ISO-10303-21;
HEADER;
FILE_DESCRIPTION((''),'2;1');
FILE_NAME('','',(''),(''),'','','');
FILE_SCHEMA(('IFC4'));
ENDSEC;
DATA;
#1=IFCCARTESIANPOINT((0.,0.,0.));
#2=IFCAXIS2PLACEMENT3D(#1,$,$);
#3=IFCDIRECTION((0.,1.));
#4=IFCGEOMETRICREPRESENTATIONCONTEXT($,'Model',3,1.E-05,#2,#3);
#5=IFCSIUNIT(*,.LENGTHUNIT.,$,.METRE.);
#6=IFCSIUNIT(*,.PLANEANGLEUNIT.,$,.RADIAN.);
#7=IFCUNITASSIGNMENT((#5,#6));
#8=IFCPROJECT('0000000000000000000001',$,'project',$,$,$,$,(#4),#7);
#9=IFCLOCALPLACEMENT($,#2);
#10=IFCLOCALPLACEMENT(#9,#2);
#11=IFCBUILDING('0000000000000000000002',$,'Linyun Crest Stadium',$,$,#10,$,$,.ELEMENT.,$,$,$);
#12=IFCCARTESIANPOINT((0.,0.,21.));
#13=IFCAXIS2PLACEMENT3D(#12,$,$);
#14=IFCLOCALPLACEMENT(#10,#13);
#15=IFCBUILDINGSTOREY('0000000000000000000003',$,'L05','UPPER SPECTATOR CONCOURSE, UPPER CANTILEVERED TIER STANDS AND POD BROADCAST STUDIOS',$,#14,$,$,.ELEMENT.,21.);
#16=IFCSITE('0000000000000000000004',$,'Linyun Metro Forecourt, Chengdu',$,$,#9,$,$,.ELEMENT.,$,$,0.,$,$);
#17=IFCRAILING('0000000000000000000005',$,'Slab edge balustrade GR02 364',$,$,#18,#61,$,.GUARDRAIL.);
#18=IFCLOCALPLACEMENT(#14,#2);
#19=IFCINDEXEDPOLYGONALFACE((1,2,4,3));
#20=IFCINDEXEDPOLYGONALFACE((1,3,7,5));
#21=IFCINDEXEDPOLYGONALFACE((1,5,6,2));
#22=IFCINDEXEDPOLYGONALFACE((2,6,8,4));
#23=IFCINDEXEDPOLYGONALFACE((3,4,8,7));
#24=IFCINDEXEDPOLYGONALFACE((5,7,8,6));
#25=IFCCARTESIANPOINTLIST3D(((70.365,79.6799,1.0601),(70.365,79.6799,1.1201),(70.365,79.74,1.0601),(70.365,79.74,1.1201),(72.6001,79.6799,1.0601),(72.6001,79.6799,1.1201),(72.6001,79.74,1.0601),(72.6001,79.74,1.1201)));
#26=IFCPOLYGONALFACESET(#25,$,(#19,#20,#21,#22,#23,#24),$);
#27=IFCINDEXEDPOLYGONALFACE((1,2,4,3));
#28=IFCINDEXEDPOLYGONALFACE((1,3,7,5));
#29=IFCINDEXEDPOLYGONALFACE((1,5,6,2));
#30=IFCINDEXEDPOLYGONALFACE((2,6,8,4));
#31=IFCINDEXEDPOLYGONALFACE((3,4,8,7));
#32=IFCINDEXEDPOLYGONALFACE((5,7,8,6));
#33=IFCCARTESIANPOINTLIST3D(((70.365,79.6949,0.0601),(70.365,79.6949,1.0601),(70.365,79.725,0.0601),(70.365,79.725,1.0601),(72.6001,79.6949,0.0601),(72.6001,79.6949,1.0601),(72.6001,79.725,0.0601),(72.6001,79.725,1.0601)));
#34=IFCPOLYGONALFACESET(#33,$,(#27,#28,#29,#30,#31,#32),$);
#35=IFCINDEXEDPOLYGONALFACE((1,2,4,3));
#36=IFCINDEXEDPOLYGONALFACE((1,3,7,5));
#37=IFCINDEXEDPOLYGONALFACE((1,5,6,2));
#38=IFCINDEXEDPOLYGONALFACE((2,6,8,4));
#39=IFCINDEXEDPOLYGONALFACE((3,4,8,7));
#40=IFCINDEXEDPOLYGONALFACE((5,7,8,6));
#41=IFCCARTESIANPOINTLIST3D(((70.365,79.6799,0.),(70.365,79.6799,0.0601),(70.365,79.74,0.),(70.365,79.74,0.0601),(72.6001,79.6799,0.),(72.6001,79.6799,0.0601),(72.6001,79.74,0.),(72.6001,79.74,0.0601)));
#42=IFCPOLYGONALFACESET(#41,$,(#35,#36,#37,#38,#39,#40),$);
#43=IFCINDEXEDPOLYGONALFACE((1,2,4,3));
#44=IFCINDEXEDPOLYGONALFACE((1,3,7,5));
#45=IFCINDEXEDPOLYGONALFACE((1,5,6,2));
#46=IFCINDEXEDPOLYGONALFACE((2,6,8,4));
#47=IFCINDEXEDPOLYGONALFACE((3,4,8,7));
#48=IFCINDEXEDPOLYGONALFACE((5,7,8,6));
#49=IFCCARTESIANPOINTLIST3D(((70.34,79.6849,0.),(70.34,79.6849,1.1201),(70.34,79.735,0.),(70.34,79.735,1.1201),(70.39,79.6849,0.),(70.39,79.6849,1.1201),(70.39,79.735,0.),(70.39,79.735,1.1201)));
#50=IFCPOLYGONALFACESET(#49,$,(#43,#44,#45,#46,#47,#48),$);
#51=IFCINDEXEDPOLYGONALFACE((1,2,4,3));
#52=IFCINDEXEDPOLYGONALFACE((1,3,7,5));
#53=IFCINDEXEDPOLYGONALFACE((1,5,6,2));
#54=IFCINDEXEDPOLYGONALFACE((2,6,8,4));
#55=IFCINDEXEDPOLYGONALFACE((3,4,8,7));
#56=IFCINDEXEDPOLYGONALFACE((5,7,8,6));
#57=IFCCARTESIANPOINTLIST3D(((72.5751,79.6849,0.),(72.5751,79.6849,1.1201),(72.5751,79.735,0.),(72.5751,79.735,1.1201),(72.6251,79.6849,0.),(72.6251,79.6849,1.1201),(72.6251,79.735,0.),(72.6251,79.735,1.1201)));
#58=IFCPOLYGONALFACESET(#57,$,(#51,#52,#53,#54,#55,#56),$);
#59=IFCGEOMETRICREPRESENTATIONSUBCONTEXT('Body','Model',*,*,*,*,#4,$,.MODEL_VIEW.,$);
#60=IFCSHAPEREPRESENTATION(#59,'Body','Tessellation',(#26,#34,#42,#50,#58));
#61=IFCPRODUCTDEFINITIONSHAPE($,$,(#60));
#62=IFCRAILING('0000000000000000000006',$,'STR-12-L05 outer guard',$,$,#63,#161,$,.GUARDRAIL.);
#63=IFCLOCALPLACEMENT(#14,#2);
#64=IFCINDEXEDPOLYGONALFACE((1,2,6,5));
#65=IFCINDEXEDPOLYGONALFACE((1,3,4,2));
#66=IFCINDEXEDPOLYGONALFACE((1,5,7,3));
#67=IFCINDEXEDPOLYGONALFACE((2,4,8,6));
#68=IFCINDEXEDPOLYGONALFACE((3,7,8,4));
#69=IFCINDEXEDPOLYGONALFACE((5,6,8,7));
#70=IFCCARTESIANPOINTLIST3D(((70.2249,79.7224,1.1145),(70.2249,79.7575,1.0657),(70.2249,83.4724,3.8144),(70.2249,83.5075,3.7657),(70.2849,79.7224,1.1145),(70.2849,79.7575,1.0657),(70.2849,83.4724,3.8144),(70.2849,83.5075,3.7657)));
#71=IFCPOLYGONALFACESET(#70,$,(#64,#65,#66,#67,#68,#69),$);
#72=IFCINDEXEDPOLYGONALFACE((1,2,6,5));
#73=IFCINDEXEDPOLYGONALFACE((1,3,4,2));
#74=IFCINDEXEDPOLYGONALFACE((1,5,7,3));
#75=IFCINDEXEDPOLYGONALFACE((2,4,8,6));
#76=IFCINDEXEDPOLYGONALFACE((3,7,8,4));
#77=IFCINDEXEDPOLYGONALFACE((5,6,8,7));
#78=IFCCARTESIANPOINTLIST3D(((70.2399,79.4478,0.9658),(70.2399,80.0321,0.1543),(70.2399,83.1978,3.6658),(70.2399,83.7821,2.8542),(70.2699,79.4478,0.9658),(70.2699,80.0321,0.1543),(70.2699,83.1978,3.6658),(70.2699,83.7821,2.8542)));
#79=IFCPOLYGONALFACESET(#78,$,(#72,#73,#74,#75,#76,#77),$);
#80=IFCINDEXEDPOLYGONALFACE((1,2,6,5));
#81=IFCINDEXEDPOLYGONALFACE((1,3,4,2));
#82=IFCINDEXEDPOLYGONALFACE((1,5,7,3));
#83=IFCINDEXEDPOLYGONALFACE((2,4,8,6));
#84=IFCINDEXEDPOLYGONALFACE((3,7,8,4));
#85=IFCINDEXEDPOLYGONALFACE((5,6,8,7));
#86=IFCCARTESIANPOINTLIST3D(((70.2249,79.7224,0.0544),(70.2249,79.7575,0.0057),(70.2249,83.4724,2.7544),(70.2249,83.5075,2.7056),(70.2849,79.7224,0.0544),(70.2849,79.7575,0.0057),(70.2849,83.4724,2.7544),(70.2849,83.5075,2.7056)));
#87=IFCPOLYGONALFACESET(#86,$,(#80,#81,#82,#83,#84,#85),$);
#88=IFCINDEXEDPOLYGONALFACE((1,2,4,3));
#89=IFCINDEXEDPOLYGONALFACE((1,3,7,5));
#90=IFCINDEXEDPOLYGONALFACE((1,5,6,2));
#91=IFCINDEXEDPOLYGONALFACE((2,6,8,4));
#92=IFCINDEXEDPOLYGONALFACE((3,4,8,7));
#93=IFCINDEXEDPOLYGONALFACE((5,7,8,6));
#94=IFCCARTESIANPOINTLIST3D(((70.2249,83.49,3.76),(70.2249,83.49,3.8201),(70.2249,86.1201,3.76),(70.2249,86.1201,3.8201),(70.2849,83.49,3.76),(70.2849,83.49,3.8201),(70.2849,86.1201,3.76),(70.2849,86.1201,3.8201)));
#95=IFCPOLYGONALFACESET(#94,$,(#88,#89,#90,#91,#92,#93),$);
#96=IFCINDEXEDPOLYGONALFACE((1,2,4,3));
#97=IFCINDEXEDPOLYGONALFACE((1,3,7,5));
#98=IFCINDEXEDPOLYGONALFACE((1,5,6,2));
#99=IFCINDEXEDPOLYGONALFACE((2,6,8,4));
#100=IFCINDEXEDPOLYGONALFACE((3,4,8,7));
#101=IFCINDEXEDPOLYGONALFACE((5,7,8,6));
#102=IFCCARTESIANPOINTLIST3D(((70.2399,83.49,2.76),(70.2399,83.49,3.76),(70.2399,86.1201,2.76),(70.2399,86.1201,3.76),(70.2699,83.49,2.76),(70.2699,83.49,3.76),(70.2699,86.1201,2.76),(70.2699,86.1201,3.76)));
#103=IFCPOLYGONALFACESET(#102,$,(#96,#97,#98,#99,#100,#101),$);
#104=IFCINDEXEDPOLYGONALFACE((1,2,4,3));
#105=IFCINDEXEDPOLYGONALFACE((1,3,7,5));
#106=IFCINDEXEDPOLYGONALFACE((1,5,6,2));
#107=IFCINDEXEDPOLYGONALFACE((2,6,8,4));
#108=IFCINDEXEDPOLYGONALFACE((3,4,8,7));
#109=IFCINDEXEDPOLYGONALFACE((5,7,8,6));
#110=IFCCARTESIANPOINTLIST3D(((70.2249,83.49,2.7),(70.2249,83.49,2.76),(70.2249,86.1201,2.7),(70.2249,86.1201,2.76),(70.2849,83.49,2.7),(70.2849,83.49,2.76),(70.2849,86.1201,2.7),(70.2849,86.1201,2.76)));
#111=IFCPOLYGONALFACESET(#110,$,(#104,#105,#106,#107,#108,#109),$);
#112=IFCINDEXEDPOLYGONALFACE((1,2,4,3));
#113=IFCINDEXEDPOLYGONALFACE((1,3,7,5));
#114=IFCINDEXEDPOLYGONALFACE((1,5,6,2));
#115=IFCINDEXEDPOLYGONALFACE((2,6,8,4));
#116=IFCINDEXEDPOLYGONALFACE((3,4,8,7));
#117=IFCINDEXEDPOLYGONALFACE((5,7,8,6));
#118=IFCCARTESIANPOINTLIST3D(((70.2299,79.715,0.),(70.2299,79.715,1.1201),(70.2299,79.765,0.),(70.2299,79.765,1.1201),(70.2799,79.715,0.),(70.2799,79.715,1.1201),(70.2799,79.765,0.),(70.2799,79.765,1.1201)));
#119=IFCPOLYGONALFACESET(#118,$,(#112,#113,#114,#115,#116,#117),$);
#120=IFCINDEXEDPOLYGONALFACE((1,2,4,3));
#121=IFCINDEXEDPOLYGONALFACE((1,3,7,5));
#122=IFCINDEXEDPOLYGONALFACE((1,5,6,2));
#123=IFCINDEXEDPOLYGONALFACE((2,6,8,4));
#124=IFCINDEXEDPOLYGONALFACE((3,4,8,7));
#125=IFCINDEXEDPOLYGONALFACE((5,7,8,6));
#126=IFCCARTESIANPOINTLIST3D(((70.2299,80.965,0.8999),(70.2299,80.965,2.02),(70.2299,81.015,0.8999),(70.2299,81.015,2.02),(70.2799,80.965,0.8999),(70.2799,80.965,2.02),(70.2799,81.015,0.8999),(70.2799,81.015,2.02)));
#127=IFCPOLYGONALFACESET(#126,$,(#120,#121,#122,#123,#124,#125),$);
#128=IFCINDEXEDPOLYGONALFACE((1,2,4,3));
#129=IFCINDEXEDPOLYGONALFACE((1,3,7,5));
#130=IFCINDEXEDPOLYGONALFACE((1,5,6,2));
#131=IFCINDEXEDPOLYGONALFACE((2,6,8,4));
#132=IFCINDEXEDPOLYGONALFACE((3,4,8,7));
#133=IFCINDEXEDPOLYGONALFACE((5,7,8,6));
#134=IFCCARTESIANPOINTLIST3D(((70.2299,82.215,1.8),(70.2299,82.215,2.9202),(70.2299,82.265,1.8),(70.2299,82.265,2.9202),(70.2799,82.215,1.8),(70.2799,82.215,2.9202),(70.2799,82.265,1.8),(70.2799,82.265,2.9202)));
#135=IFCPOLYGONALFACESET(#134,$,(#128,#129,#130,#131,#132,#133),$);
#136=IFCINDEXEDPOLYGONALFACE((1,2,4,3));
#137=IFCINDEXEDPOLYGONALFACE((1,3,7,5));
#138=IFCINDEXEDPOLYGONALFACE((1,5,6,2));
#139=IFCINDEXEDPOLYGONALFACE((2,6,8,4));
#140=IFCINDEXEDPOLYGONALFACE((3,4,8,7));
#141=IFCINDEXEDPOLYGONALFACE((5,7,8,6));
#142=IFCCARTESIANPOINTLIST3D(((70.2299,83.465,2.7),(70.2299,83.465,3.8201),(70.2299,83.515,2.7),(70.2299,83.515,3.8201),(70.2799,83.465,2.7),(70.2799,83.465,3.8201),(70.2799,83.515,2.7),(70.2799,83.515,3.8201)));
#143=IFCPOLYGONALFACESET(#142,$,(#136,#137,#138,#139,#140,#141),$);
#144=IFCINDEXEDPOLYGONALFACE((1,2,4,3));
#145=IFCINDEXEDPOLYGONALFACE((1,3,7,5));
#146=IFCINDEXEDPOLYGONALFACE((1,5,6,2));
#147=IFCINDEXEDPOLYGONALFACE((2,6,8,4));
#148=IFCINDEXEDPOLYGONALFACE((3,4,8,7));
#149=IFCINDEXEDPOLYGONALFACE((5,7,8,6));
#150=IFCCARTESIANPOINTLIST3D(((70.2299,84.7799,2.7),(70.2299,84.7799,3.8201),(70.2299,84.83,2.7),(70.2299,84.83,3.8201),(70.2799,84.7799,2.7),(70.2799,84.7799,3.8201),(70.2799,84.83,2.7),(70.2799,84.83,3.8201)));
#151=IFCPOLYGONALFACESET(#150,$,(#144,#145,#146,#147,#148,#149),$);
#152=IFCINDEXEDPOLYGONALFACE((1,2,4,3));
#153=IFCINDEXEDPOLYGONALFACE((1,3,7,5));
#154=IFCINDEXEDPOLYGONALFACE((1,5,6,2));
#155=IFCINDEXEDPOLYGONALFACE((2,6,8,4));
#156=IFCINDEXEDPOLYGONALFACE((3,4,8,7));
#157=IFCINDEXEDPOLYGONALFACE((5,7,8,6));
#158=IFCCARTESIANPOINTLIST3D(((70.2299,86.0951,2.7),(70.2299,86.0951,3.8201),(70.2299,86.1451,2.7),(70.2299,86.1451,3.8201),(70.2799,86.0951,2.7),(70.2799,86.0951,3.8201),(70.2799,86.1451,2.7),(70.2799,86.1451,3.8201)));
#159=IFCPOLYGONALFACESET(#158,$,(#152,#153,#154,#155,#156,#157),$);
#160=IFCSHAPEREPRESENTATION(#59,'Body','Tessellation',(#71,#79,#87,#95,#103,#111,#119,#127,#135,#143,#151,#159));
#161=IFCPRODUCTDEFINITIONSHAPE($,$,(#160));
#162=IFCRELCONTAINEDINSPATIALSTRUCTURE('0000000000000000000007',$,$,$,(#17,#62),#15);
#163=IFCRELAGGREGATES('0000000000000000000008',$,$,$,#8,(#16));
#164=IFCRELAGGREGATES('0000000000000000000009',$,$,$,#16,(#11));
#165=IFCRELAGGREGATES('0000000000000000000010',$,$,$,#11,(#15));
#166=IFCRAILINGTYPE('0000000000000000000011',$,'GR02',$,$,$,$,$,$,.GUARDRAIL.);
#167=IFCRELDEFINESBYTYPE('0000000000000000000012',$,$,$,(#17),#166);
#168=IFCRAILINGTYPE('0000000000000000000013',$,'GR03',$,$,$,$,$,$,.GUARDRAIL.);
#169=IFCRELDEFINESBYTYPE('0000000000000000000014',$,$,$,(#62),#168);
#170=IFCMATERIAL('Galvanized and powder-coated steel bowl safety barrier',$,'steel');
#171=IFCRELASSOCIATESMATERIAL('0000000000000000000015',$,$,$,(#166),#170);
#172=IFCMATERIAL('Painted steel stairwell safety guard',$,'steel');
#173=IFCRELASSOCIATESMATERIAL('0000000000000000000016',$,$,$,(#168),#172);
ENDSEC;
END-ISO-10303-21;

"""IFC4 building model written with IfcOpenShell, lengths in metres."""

from ifc_helpers import new_model, si_unit, direction, frame, origin, origin_2d, place, context, subcontext, project, spatial, rectangle, extrude, material, type_object, element, save


model = new_model("IFC4")

# Units and contexts
model_context = context("Model", 3, precision=1e-05, world=origin(), true_north=direction((0.0, 1.0)))
body_context = subcontext(model_context, "Body", "Model", "MODEL_VIEW")
ifc_project = project(units=[si_unit("LENGTHUNIT", "METRE"), si_unit("PLANEANGLEUNIT", "RADIAN")], contexts=[model_context])

# Site, building, storey
site_placement = place(None, origin())
site = spatial("IfcSite", under=ifc_project, at=site_placement, Name="Linyun Metro Forecourt, Chengdu", CompositionType="ELEMENT", RefElevation=0.0)
building_placement = place(site_placement, origin())
building = spatial("IfcBuilding", under=site, at=building_placement, Name="Linyun Crest Stadium", CompositionType="ELEMENT")
storey_placement = place(building_placement, frame((0.0, 0.0, 21.0)))
storey = spatial("IfcBuildingStorey", under=building, at=storey_placement, Name="L05", Description="UPPER SPECTATOR CONCOURSE, UPPER CANTILEVERED TIER STANDS AND POD BROADCAST STUDIOS", CompositionType="ELEMENT", Elevation=21.0)

# Railings
ifc_material_1 = material(Name="Galvanized and powder-coated steel bowl safety barrier", Category="steel")
railing_type_1 = type_object("IfcRailingType", Name="GR02", PredefinedType="GUARDRAIL", material=ifc_material_1)
railing_1_placement = place(storey_placement, frame((70.365, 79.71, 0.0)))
element("IfcRailing", 1, at=railing_1_placement, inside=storey, type_object=railing_type_1, Name="Slab edge balustrade GR02 364", PredefinedType="GUARDRAIL", context=body_context, shape_type="SweptSolid", body=[
    extrude(rectangle(XDim=0.0601, YDim=0.0601, at=origin_2d()), frame((0.0, 0.0, 1.0901), z_axis=(1.0, 0.0, 0.0), x_axis=(0.0, 1.0, 0.0)), (0.0, 0.0, 1.0), 2.2351),
    extrude(rectangle(XDim=0.03, YDim=1.0, at=origin_2d()), frame((0.0, 0.0, 0.5601), z_axis=(1.0, 0.0, 0.0), x_axis=(0.0, 1.0, 0.0)), (0.0, 0.0, 1.0), 2.2351),
    extrude(rectangle(XDim=0.0601, YDim=0.0601, at=origin_2d()), frame((0.0, 0.0, 0.03), z_axis=(1.0, 0.0, 0.0), x_axis=(0.0, 1.0, 0.0)), (0.0, 0.0, 1.0), 2.2351),
    extrude(rectangle(XDim=0.05, YDim=0.05, at=origin_2d()), origin(), (0.0, 0.0, 1.0), 1.1201),
    extrude(rectangle(XDim=0.05, YDim=0.05, at=origin_2d()), frame((2.2351, 0.0, 0.0)), (0.0, 0.0, 1.0), 1.1201),
])
ifc_material_2 = material(Name="Painted steel stairwell safety guard", Category="steel")
railing_type_2 = type_object("IfcRailingType", Name="GR03", PredefinedType="GUARDRAIL", material=ifc_material_2)
railing_2_placement = place(storey_placement, frame((70.2549, 79.74, 0.0)))
element("IfcRailing", 2, at=railing_2_placement, inside=storey, type_object=railing_type_2, Name="STR-12-L05 outer guard", PredefinedType="GUARDRAIL", context=body_context, shape_type="SweptSolid", body=[
    extrude(rectangle(XDim=0.0601, YDim=0.0601, at=origin_2d()), frame((0.0, 0.0, 1.0901), z_axis=(0.0, 0.811539, 0.584298), x_axis=(-1.0, 0.0, 0.0)), (0.0, 0.0, 1.0), 4.6208),
    extrude(rectangle(XDim=0.03, YDim=1.0, at=origin_2d()), frame((0.0, 0.0, 0.5601), z_axis=(0.0, 0.811539, 0.584298), x_axis=(-1.0, 0.0, 0.0)), (0.0, 0.0, 1.0), 4.6208),
    extrude(rectangle(XDim=0.0601, YDim=0.0601, at=origin_2d()), frame((0.0, 0.0, 0.03), z_axis=(0.0, 0.811539, 0.584298), x_axis=(-1.0, 0.0, 0.0)), (0.0, 0.0, 1.0), 4.6208),
    extrude(rectangle(XDim=0.0601, YDim=0.0601, at=origin_2d()), frame((0.0, 3.75, 3.79), z_axis=(0.0, 1.0, 0.0), x_axis=(-1.0, 0.0, 0.0)), (0.0, 0.0, 1.0), 2.6301),
    extrude(rectangle(XDim=0.03, YDim=1.0, at=origin_2d()), frame((0.0, 3.75, 3.26), z_axis=(0.0, 1.0, 0.0), x_axis=(-1.0, 0.0, 0.0)), (0.0, 0.0, 1.0), 2.6301),
    extrude(rectangle(XDim=0.0601, YDim=0.0601, at=origin_2d()), frame((0.0, 3.75, 2.73), z_axis=(0.0, 1.0, 0.0), x_axis=(-1.0, 0.0, 0.0)), (0.0, 0.0, 1.0), 2.6301),
    extrude(rectangle(XDim=0.05, YDim=0.05, at=origin_2d()), origin(), (0.0, 0.0, 1.0), 1.1201),
    extrude(rectangle(XDim=0.05, YDim=0.05, at=origin_2d()), frame((0.0, 1.25, 0.8999)), (0.0, 0.0, 1.0), 1.1201),
    extrude(rectangle(XDim=0.05, YDim=0.05, at=origin_2d()), frame((0.0, 2.5, 1.8)), (0.0, 0.0, 1.0), 1.1201),
    extrude(rectangle(XDim=0.05, YDim=0.05, at=origin_2d()), frame((0.0, 3.75, 2.7)), (0.0, 0.0, 1.0), 1.1201),
    extrude(rectangle(XDim=0.05, YDim=0.05, at=origin_2d()), frame((0.0, 5.0649, 2.7)), (0.0, 0.0, 1.0), 1.1201),
    extrude(rectangle(XDim=0.05, YDim=0.05, at=origin_2d()), frame((0.0, 6.3801, 2.7)), (0.0, 0.0, 1.0), 1.1201),
])

save(model, "model.ifc")
